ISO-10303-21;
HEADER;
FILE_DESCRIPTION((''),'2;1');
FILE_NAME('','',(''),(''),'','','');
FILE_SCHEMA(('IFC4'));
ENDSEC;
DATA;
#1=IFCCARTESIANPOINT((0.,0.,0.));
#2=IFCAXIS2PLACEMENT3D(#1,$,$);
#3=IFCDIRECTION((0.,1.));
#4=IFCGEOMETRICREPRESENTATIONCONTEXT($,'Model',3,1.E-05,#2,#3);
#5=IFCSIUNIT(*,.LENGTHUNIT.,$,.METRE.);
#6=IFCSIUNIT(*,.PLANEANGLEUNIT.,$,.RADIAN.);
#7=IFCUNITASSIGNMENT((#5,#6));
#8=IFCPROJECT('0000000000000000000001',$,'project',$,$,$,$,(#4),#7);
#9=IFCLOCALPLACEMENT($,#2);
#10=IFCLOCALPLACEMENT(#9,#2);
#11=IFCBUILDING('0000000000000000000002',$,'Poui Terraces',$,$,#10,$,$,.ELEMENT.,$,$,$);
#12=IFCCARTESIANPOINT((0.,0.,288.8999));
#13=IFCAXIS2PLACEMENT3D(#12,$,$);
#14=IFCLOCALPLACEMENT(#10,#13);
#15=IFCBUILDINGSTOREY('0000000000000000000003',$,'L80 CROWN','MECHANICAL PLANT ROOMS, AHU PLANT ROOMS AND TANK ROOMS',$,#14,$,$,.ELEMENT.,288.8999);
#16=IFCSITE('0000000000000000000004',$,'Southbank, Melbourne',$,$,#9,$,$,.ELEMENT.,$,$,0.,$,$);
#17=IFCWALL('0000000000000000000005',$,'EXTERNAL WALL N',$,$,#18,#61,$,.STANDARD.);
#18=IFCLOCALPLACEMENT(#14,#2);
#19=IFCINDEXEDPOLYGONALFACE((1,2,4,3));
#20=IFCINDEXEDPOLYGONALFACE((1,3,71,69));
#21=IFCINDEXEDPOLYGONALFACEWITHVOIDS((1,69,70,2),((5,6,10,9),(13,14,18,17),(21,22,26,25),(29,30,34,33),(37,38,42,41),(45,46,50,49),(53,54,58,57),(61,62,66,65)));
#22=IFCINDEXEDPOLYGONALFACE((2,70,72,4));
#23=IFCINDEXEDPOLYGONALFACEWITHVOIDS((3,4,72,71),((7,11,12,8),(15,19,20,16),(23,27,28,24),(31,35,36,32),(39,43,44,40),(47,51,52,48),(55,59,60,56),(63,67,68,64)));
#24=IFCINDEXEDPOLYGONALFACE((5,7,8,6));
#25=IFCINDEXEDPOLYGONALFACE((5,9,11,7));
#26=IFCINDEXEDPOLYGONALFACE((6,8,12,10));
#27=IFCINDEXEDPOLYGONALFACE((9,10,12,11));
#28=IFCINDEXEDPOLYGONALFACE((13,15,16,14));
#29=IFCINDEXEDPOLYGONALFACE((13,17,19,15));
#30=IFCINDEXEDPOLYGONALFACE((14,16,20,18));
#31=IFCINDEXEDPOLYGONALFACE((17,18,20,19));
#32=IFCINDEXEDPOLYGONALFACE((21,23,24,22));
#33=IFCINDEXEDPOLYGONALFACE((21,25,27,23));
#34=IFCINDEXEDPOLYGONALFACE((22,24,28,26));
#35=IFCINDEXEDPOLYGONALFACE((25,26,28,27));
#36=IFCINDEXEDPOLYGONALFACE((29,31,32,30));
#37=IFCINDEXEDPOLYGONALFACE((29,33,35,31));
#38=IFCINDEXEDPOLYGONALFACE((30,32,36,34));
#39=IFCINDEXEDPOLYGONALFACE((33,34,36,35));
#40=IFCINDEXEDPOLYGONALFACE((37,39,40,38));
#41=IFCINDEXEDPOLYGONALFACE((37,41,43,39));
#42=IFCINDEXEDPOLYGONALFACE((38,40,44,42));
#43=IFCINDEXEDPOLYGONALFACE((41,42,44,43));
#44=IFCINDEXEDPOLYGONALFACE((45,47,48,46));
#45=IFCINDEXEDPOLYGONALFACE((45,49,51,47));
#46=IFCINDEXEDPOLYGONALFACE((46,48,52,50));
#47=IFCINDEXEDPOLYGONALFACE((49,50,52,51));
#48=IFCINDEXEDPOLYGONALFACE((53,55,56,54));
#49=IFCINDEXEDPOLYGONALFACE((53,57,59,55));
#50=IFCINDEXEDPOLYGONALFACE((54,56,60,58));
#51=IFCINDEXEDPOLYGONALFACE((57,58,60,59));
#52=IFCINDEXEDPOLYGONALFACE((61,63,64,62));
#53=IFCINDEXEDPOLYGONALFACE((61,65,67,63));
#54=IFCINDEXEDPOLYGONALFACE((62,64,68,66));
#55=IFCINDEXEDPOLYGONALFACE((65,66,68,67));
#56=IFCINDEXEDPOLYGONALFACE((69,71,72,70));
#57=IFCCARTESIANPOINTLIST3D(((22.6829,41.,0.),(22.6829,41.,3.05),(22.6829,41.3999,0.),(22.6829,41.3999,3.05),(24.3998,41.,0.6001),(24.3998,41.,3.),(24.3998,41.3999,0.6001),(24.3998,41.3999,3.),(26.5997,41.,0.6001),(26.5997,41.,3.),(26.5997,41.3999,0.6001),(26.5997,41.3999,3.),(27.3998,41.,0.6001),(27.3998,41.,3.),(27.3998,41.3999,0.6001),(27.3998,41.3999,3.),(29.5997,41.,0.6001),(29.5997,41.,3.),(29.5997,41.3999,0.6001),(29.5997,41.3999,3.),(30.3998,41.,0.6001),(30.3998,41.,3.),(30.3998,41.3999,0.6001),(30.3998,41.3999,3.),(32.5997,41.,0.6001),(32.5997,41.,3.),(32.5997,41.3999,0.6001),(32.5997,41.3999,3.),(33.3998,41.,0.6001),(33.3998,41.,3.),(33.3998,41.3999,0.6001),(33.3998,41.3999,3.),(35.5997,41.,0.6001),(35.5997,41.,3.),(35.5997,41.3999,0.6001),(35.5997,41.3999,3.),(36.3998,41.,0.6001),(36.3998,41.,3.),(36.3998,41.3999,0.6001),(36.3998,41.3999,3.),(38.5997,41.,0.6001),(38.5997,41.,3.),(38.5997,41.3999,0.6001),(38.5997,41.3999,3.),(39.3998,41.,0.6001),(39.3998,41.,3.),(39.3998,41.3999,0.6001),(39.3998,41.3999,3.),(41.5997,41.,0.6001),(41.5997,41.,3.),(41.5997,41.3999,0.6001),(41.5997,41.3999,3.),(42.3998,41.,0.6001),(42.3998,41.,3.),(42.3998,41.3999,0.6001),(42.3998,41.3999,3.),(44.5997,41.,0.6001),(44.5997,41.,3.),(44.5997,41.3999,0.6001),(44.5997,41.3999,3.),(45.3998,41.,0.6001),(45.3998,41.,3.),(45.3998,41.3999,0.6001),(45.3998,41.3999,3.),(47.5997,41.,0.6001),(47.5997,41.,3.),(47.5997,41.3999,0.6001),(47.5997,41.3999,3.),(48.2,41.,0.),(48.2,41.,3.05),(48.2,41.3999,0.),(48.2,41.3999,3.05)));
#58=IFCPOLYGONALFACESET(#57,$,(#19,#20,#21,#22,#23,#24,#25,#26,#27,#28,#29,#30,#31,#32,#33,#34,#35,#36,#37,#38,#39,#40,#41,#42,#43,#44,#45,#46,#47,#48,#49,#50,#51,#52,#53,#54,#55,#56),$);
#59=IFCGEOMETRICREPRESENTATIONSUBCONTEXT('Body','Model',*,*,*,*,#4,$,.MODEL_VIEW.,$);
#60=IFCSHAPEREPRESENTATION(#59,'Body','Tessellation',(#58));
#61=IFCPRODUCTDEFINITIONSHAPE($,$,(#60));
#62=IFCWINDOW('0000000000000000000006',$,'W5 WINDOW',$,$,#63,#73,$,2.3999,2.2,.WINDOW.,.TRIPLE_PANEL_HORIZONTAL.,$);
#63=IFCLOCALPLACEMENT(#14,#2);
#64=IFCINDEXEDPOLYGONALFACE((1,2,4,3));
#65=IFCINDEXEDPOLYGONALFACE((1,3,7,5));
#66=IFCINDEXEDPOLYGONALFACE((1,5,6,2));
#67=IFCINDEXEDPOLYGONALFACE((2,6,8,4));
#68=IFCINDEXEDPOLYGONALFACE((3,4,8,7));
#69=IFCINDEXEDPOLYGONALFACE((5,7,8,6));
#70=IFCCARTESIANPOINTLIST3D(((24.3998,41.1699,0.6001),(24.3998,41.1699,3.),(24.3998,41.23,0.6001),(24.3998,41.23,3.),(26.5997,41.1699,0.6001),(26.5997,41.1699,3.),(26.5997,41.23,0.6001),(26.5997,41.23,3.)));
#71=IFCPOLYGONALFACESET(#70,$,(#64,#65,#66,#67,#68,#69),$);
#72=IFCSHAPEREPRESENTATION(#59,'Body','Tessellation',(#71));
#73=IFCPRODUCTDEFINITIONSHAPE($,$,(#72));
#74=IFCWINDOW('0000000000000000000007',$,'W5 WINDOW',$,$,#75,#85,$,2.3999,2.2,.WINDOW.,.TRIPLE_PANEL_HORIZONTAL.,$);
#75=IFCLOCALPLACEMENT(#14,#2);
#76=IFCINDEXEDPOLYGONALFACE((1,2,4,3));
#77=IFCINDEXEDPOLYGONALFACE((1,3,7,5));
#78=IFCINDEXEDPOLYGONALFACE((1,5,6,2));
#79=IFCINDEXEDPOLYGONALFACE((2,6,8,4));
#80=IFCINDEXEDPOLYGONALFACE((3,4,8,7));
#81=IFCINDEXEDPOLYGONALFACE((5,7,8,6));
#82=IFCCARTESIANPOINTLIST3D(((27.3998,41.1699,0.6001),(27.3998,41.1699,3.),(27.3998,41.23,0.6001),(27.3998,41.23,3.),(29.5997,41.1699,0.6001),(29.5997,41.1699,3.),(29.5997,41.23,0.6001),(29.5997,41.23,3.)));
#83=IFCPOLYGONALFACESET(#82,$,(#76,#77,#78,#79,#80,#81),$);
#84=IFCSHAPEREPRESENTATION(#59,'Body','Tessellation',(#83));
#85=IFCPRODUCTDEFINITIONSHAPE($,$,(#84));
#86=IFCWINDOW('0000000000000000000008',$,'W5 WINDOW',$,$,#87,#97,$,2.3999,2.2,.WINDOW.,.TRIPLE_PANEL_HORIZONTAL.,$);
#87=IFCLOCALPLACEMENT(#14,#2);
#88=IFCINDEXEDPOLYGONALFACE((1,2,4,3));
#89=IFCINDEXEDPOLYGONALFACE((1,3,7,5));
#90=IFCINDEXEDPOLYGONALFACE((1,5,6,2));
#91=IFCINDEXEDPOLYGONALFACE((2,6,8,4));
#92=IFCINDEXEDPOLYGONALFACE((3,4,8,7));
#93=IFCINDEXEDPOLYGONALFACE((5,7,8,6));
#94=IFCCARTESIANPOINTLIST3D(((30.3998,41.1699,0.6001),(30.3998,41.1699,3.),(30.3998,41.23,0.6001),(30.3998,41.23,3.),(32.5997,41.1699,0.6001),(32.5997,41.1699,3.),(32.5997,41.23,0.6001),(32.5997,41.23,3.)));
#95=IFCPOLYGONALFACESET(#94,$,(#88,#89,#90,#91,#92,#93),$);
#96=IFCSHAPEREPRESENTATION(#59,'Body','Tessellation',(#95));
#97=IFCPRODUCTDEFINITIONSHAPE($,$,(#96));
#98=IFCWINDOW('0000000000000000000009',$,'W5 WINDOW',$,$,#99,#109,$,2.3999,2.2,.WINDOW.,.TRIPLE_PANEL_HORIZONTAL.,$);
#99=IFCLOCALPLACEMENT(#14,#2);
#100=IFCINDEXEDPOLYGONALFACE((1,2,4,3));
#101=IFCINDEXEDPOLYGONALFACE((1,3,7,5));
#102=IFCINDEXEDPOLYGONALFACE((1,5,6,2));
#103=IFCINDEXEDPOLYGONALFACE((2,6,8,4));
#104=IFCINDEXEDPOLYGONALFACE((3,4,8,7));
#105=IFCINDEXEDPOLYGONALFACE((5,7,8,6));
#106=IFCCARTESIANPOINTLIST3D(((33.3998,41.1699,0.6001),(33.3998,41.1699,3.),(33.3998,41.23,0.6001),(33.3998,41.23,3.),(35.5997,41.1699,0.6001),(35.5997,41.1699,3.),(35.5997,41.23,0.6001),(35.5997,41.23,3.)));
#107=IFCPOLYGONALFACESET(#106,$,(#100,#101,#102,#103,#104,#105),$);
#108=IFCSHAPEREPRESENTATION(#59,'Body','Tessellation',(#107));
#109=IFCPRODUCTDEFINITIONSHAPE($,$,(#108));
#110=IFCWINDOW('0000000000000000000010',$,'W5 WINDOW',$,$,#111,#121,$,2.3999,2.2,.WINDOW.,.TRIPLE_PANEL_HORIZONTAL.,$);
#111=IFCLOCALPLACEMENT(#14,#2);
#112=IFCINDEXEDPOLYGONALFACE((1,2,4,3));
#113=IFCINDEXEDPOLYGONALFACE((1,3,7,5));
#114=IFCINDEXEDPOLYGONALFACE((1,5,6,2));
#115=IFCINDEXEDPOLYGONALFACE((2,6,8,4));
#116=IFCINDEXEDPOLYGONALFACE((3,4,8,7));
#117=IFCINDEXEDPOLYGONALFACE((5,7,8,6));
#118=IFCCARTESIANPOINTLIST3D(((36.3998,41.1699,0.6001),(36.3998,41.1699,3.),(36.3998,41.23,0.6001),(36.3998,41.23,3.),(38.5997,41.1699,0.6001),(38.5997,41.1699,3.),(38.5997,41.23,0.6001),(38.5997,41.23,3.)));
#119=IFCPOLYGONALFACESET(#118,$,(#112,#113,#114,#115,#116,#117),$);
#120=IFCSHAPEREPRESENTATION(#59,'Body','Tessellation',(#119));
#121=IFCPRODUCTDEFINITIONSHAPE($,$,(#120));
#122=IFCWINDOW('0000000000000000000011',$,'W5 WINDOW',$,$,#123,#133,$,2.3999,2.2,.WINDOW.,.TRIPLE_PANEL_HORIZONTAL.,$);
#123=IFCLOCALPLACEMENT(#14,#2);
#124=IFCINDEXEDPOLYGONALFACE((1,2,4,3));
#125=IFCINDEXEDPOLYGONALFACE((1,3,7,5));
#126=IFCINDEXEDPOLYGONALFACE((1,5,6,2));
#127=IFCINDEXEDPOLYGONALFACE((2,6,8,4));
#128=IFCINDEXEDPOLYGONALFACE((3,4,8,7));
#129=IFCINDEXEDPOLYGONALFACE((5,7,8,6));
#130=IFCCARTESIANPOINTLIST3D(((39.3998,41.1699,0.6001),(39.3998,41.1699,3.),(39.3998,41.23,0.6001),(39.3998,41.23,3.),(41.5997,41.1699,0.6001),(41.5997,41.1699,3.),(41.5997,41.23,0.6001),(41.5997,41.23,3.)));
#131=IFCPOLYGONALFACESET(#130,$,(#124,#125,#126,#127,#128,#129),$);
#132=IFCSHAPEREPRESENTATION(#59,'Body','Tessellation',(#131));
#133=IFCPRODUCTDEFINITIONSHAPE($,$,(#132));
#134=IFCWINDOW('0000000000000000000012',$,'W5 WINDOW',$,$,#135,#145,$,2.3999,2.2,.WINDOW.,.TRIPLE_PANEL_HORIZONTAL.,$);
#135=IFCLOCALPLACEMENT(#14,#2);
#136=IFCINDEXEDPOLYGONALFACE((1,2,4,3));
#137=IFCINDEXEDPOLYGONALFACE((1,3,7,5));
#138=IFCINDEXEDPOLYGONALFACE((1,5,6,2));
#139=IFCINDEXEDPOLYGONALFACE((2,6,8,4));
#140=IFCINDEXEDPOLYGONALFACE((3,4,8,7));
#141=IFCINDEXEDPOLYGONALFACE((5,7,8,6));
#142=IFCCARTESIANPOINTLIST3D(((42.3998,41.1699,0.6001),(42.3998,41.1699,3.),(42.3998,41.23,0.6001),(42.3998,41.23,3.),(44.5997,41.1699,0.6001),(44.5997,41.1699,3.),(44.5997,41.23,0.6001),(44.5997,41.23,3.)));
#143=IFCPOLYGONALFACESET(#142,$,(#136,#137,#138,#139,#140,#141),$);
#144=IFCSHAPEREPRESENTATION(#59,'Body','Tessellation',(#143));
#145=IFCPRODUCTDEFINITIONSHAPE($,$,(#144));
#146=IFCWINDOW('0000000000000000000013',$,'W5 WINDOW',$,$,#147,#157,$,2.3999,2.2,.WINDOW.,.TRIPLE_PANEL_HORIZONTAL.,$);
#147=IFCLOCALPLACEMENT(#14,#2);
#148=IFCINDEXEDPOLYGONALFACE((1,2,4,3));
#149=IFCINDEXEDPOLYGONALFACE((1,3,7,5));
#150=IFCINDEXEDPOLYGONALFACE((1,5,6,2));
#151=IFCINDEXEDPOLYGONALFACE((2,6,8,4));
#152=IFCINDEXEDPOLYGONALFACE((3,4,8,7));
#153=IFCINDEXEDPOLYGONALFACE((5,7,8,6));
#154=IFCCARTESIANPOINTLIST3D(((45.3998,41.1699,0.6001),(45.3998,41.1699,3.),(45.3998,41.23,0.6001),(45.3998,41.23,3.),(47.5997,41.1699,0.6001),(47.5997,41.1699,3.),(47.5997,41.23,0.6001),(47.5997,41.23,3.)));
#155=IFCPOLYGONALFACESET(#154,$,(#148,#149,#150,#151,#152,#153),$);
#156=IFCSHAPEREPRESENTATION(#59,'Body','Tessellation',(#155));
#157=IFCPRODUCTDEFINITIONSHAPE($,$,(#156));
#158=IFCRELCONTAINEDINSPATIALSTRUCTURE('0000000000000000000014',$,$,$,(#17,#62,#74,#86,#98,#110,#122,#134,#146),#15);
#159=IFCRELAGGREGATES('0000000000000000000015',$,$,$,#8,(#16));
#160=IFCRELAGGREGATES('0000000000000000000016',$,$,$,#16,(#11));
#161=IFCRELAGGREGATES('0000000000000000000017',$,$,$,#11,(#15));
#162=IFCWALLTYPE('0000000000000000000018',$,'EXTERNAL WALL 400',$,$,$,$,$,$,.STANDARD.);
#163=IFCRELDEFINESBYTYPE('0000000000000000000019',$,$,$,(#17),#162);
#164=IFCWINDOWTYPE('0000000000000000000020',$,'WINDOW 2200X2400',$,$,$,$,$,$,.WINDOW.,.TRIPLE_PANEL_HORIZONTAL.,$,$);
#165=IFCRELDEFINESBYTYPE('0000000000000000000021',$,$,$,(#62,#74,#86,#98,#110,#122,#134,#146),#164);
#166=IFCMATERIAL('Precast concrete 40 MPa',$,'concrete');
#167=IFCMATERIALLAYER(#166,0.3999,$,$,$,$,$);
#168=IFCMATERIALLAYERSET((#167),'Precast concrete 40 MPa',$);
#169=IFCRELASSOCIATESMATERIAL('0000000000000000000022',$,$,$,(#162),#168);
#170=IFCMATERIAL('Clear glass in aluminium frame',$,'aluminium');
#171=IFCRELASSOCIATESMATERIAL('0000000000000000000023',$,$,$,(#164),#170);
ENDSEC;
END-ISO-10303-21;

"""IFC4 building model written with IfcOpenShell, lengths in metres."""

from ifc_helpers import new_model, si_unit, direction, frame, frame_2d, origin, place, context, subcontext, project, spatial, rectangle, extrude, material, layer, layer_set, type_object, element, fill, save


model = new_model("IFC4")

# Units and contexts
model_context = context("Model", 3, precision=1e-05, world=origin(), true_north=direction((0.0, 1.0)))
body_context = subcontext(model_context, "Body", "Model", "MODEL_VIEW")
ifc_project = project(units=[si_unit("LENGTHUNIT", "METRE"), si_unit("PLANEANGLEUNIT", "RADIAN")], contexts=[model_context])

# Site, building, storey
site_placement = place(None, origin())
site = spatial("IfcSite", under=ifc_project, at=site_placement, Name="Southbank, Melbourne", CompositionType="ELEMENT", RefElevation=0.0)
building_placement = place(site_placement, origin())
building = spatial("IfcBuilding", under=site, at=building_placement, Name="Poui Terraces", CompositionType="ELEMENT")
storey_placement = place(building_placement, frame((0.0, 0.0, 288.8999)))
storey = spatial("IfcBuildingStorey", under=building, at=storey_placement, Name="L80 CROWN", Description="MECHANICAL PLANT ROOMS, AHU PLANT ROOMS AND TANK ROOMS", CompositionType="ELEMENT", Elevation=288.8999)

# Wall, openings, windows
ifc_material_1 = material(Name="Precast concrete 40 MPa", Category="concrete")
ifc_layer_1 = layer(ifc_material_1, 0.3999)
ifc_layer_set_1 = layer_set([ifc_layer_1], Name="Precast concrete 40 MPa")
wall_type_1 = type_object("IfcWallType", Name="EXTERNAL WALL 400", PredefinedType="STANDARD", material=ifc_layer_set_1)
wall_1_placement = place(storey_placement, frame((48.2, 41.2, 0.0), z_axis=(0.0, 0.0, 1.0), x_axis=(-1.0, 0.0, 0.0)))
wall_1 = element("IfcWall", 1, at=wall_1_placement, inside=storey, type_object=wall_type_1, Name="EXTERNAL WALL N", PredefinedType="STANDARD", context=body_context, shape_type="SweptSolid", body=[
    extrude(rectangle(XDim=25.5171, YDim=0.3999, at=frame_2d((12.7585, 0.0))), origin(), (0.0, 0.0, 1.0), 3.05),
])
opening_1_placement = place(wall_1_placement, frame((21.6001, 0.0, 0.6001)))
opening_1 = element("IfcOpeningElement", 2, at=opening_1_placement, cuts=wall_1, PredefinedType="OPENING", context=body_context, shape_type="SweptSolid", body=[
    extrude(rectangle(XDim=2.2, YDim=2.3999, at=frame_2d((1.1001, 1.2))), frame((0.0, 0.21, 0.0), z_axis=(0.0, -1.0, 0.0), x_axis=(1.0, 0.0, 0.0)), (0.0, 0.0, 1.0), 0.4199),
])
opening_2_placement = place(wall_1_placement, frame((18.6001, 0.0, 0.6001)))
opening_2 = element("IfcOpeningElement", 3, at=opening_2_placement, cuts=wall_1, PredefinedType="OPENING", context=body_context, shape_type="SweptSolid", body=[
    extrude(rectangle(XDim=2.2, YDim=2.3999, at=frame_2d((1.1001, 1.2))), frame((0.0, 0.21, 0.0), z_axis=(0.0, -1.0, 0.0), x_axis=(1.0, 0.0, 0.0)), (0.0, 0.0, 1.0), 0.4199),
])
opening_3_placement = place(wall_1_placement, frame((15.6001, 0.0, 0.6001)))
opening_3 = element("IfcOpeningElement", 4, at=opening_3_placement, cuts=wall_1, PredefinedType="OPENING", context=body_context, shape_type="SweptSolid", body=[
    extrude(rectangle(XDim=2.2, YDim=2.3999, at=frame_2d((1.1001, 1.2))), frame((0.0, 0.21, 0.0), z_axis=(0.0, -1.0, 0.0), x_axis=(1.0, 0.0, 0.0)), (0.0, 0.0, 1.0), 0.4199),
])
opening_4_placement = place(wall_1_placement, frame((12.6001, 0.0, 0.6001)))
opening_4 = element("IfcOpeningElement", 5, at=opening_4_placement, cuts=wall_1, PredefinedType="OPENING", context=body_context, shape_type="SweptSolid", body=[
    extrude(rectangle(XDim=2.2, YDim=2.3999, at=frame_2d((1.1001, 1.2))), frame((0.0, 0.21, 0.0), z_axis=(0.0, -1.0, 0.0), x_axis=(1.0, 0.0, 0.0)), (0.0, 0.0, 1.0), 0.4199),
])
opening_5_placement = place(wall_1_placement, frame((9.6001, 0.0, 0.6001)))
opening_5 = element("IfcOpeningElement", 6, at=opening_5_placement, cuts=wall_1, PredefinedType="OPENING", context=body_context, shape_type="SweptSolid", body=[
    extrude(rectangle(XDim=2.2, YDim=2.3999, at=frame_2d((1.1001, 1.2))), frame((0.0, 0.21, 0.0), z_axis=(0.0, -1.0, 0.0), x_axis=(1.0, 0.0, 0.0)), (0.0, 0.0, 1.0), 0.4199),
])
opening_6_placement = place(wall_1_placement, frame((6.6001, 0.0, 0.6001)))
opening_6 = element("IfcOpeningElement", 7, at=opening_6_placement, cuts=wall_1, PredefinedType="OPENING", context=body_context, shape_type="SweptSolid", body=[
    extrude(rectangle(XDim=2.2, YDim=2.3999, at=frame_2d((1.1001, 1.2))), frame((0.0, 0.21, 0.0), z_axis=(0.0, -1.0, 0.0), x_axis=(1.0, 0.0, 0.0)), (0.0, 0.0, 1.0), 0.4199),
])
opening_7_placement = place(wall_1_placement, frame((3.6001, 0.0, 0.6001)))
opening_7 = element("IfcOpeningElement", 8, at=opening_7_placement, cuts=wall_1, PredefinedType="OPENING", context=body_context, shape_type="SweptSolid", body=[
    extrude(rectangle(XDim=2.2, YDim=2.3999, at=frame_2d((1.1001, 1.2))), frame((0.0, 0.21, 0.0), z_axis=(0.0, -1.0, 0.0), x_axis=(1.0, 0.0, 0.0)), (0.0, 0.0, 1.0), 0.4199),
])
opening_8_placement = place(wall_1_placement, frame((0.6001, 0.0, 0.6001)))
opening_8 = element("IfcOpeningElement", 9, at=opening_8_placement, cuts=wall_1, PredefinedType="OPENING", context=body_context, shape_type="SweptSolid", body=[
    extrude(rectangle(XDim=2.2, YDim=2.3999, at=frame_2d((1.1001, 1.2))), frame((0.0, 0.21, 0.0), z_axis=(0.0, -1.0, 0.0), x_axis=(1.0, 0.0, 0.0)), (0.0, 0.0, 1.0), 0.4199),
])
ifc_material_2 = material(Name="Clear glass in aluminium frame", Category="aluminium")
window_type = type_object("IfcWindowType", Name="WINDOW 2200X2400", PartitioningType="TRIPLE_PANEL_HORIZONTAL", PredefinedType="WINDOW", material=ifc_material_2)
window_1_placement = place(opening_1_placement, origin())
window_1 = element("IfcWindow", 10, at=window_1_placement, inside=storey, type_object=window_type, Name="W5 WINDOW", OverallHeight=2.3999, OverallWidth=2.2, PartitioningType="TRIPLE_PANEL_HORIZONTAL", PredefinedType="WINDOW", context=body_context, shape_type="SweptSolid", body=[
    extrude(rectangle(XDim=2.2, YDim=2.3999, at=frame_2d((1.1001, 1.2))), frame((0.0, 0.03, 0.0), z_axis=(0.0, -1.0, 0.0), x_axis=(1.0, 0.0, 0.0)), (0.0, 0.0, 1.0), 0.0601),
])
fill(opening_1, window_1)
window_2_placement = place(opening_2_placement, origin())
window_2 = element("IfcWindow", 11, at=window_2_placement, inside=storey, type_object=window_type, Name="W5 WINDOW", OverallHeight=2.3999, OverallWidth=2.2, PartitioningType="TRIPLE_PANEL_HORIZONTAL", PredefinedType="WINDOW", context=body_context, shape_type="SweptSolid", body=[
    extrude(rectangle(XDim=2.2, YDim=2.3999, at=frame_2d((1.1001, 1.2))), frame((0.0, 0.03, 0.0), z_axis=(0.0, -1.0, 0.0), x_axis=(1.0, 0.0, 0.0)), (0.0, 0.0, 1.0), 0.0601),
])
fill(opening_2, window_2)
window_3_placement = place(opening_3_placement, origin())
window_3 = element("IfcWindow", 12, at=window_3_placement, inside=storey, type_object=window_type, Name="W5 WINDOW", OverallHeight=2.3999, OverallWidth=2.2, PartitioningType="TRIPLE_PANEL_HORIZONTAL", PredefinedType="WINDOW", context=body_context, shape_type="SweptSolid", body=[
    extrude(rectangle(XDim=2.2, YDim=2.3999, at=frame_2d((1.1001, 1.2))), frame((0.0, 0.03, 0.0), z_axis=(0.0, -1.0, 0.0), x_axis=(1.0, 0.0, 0.0)), (0.0, 0.0, 1.0), 0.0601),
])
fill(opening_3, window_3)
window_4_placement = place(opening_4_placement, origin())
window_4 = element("IfcWindow", 13, at=window_4_placement, inside=storey, type_object=window_type, Name="W5 WINDOW", OverallHeight=2.3999, OverallWidth=2.2, PartitioningType="TRIPLE_PANEL_HORIZONTAL", PredefinedType="WINDOW", context=body_context, shape_type="SweptSolid", body=[
    extrude(rectangle(XDim=2.2, YDim=2.3999, at=frame_2d((1.1001, 1.2))), frame((0.0, 0.03, 0.0), z_axis=(0.0, -1.0, 0.0), x_axis=(1.0, 0.0, 0.0)), (0.0, 0.0, 1.0), 0.0601),
])
fill(opening_4, window_4)
window_5_placement = place(opening_5_placement, origin())
window_5 = element("IfcWindow", 14, at=window_5_placement, inside=storey, type_object=window_type, Name="W5 WINDOW", OverallHeight=2.3999, OverallWidth=2.2, PartitioningType="TRIPLE_PANEL_HORIZONTAL", PredefinedType="WINDOW", context=body_context, shape_type="SweptSolid", body=[
    extrude(rectangle(XDim=2.2, YDim=2.3999, at=frame_2d((1.1001, 1.2))), frame((0.0, 0.03, 0.0), z_axis=(0.0, -1.0, 0.0), x_axis=(1.0, 0.0, 0.0)), (0.0, 0.0, 1.0), 0.0601),
])
fill(opening_5, window_5)
window_6_placement = place(opening_6_placement, origin())
window_6 = element("IfcWindow", 15, at=window_6_placement, inside=storey, type_object=window_type, Name="W5 WINDOW", OverallHeight=2.3999, OverallWidth=2.2, PartitioningType="TRIPLE_PANEL_HORIZONTAL", PredefinedType="WINDOW", context=body_context, shape_type="SweptSolid", body=[
    extrude(rectangle(XDim=2.2, YDim=2.3999, at=frame_2d((1.1001, 1.2))), frame((0.0, 0.03, 0.0), z_axis=(0.0, -1.0, 0.0), x_axis=(1.0, 0.0, 0.0)), (0.0, 0.0, 1.0), 0.0601),
])
fill(opening_6, window_6)
window_7_placement = place(opening_7_placement, origin())
window_7 = element("IfcWindow", 16, at=window_7_placement, inside=storey, type_object=window_type, Name="W5 WINDOW", OverallHeight=2.3999, OverallWidth=2.2, PartitioningType="TRIPLE_PANEL_HORIZONTAL", PredefinedType="WINDOW", context=body_context, shape_type="SweptSolid", body=[
    extrude(rectangle(XDim=2.2, YDim=2.3999, at=frame_2d((1.1001, 1.2))), frame((0.0, 0.03, 0.0), z_axis=(0.0, -1.0, 0.0), x_axis=(1.0, 0.0, 0.0)), (0.0, 0.0, 1.0), 0.0601),
])
fill(opening_7, window_7)
window_8_placement = place(opening_8_placement, origin())
window_8 = element("IfcWindow", 17, at=window_8_placement, inside=storey, type_object=window_type, Name="W5 WINDOW", OverallHeight=2.3999, OverallWidth=2.2, PartitioningType="TRIPLE_PANEL_HORIZONTAL", PredefinedType="WINDOW", context=body_context, shape_type="SweptSolid", body=[
    extrude(rectangle(XDim=2.2, YDim=2.3999, at=frame_2d((1.1001, 1.2))), frame((0.0, 0.03, 0.0), z_axis=(0.0, -1.0, 0.0), x_axis=(1.0, 0.0, 0.0)), (0.0, 0.0, 1.0), 0.0601),
])
fill(opening_8, window_8)

save(model, "model.ifc")
